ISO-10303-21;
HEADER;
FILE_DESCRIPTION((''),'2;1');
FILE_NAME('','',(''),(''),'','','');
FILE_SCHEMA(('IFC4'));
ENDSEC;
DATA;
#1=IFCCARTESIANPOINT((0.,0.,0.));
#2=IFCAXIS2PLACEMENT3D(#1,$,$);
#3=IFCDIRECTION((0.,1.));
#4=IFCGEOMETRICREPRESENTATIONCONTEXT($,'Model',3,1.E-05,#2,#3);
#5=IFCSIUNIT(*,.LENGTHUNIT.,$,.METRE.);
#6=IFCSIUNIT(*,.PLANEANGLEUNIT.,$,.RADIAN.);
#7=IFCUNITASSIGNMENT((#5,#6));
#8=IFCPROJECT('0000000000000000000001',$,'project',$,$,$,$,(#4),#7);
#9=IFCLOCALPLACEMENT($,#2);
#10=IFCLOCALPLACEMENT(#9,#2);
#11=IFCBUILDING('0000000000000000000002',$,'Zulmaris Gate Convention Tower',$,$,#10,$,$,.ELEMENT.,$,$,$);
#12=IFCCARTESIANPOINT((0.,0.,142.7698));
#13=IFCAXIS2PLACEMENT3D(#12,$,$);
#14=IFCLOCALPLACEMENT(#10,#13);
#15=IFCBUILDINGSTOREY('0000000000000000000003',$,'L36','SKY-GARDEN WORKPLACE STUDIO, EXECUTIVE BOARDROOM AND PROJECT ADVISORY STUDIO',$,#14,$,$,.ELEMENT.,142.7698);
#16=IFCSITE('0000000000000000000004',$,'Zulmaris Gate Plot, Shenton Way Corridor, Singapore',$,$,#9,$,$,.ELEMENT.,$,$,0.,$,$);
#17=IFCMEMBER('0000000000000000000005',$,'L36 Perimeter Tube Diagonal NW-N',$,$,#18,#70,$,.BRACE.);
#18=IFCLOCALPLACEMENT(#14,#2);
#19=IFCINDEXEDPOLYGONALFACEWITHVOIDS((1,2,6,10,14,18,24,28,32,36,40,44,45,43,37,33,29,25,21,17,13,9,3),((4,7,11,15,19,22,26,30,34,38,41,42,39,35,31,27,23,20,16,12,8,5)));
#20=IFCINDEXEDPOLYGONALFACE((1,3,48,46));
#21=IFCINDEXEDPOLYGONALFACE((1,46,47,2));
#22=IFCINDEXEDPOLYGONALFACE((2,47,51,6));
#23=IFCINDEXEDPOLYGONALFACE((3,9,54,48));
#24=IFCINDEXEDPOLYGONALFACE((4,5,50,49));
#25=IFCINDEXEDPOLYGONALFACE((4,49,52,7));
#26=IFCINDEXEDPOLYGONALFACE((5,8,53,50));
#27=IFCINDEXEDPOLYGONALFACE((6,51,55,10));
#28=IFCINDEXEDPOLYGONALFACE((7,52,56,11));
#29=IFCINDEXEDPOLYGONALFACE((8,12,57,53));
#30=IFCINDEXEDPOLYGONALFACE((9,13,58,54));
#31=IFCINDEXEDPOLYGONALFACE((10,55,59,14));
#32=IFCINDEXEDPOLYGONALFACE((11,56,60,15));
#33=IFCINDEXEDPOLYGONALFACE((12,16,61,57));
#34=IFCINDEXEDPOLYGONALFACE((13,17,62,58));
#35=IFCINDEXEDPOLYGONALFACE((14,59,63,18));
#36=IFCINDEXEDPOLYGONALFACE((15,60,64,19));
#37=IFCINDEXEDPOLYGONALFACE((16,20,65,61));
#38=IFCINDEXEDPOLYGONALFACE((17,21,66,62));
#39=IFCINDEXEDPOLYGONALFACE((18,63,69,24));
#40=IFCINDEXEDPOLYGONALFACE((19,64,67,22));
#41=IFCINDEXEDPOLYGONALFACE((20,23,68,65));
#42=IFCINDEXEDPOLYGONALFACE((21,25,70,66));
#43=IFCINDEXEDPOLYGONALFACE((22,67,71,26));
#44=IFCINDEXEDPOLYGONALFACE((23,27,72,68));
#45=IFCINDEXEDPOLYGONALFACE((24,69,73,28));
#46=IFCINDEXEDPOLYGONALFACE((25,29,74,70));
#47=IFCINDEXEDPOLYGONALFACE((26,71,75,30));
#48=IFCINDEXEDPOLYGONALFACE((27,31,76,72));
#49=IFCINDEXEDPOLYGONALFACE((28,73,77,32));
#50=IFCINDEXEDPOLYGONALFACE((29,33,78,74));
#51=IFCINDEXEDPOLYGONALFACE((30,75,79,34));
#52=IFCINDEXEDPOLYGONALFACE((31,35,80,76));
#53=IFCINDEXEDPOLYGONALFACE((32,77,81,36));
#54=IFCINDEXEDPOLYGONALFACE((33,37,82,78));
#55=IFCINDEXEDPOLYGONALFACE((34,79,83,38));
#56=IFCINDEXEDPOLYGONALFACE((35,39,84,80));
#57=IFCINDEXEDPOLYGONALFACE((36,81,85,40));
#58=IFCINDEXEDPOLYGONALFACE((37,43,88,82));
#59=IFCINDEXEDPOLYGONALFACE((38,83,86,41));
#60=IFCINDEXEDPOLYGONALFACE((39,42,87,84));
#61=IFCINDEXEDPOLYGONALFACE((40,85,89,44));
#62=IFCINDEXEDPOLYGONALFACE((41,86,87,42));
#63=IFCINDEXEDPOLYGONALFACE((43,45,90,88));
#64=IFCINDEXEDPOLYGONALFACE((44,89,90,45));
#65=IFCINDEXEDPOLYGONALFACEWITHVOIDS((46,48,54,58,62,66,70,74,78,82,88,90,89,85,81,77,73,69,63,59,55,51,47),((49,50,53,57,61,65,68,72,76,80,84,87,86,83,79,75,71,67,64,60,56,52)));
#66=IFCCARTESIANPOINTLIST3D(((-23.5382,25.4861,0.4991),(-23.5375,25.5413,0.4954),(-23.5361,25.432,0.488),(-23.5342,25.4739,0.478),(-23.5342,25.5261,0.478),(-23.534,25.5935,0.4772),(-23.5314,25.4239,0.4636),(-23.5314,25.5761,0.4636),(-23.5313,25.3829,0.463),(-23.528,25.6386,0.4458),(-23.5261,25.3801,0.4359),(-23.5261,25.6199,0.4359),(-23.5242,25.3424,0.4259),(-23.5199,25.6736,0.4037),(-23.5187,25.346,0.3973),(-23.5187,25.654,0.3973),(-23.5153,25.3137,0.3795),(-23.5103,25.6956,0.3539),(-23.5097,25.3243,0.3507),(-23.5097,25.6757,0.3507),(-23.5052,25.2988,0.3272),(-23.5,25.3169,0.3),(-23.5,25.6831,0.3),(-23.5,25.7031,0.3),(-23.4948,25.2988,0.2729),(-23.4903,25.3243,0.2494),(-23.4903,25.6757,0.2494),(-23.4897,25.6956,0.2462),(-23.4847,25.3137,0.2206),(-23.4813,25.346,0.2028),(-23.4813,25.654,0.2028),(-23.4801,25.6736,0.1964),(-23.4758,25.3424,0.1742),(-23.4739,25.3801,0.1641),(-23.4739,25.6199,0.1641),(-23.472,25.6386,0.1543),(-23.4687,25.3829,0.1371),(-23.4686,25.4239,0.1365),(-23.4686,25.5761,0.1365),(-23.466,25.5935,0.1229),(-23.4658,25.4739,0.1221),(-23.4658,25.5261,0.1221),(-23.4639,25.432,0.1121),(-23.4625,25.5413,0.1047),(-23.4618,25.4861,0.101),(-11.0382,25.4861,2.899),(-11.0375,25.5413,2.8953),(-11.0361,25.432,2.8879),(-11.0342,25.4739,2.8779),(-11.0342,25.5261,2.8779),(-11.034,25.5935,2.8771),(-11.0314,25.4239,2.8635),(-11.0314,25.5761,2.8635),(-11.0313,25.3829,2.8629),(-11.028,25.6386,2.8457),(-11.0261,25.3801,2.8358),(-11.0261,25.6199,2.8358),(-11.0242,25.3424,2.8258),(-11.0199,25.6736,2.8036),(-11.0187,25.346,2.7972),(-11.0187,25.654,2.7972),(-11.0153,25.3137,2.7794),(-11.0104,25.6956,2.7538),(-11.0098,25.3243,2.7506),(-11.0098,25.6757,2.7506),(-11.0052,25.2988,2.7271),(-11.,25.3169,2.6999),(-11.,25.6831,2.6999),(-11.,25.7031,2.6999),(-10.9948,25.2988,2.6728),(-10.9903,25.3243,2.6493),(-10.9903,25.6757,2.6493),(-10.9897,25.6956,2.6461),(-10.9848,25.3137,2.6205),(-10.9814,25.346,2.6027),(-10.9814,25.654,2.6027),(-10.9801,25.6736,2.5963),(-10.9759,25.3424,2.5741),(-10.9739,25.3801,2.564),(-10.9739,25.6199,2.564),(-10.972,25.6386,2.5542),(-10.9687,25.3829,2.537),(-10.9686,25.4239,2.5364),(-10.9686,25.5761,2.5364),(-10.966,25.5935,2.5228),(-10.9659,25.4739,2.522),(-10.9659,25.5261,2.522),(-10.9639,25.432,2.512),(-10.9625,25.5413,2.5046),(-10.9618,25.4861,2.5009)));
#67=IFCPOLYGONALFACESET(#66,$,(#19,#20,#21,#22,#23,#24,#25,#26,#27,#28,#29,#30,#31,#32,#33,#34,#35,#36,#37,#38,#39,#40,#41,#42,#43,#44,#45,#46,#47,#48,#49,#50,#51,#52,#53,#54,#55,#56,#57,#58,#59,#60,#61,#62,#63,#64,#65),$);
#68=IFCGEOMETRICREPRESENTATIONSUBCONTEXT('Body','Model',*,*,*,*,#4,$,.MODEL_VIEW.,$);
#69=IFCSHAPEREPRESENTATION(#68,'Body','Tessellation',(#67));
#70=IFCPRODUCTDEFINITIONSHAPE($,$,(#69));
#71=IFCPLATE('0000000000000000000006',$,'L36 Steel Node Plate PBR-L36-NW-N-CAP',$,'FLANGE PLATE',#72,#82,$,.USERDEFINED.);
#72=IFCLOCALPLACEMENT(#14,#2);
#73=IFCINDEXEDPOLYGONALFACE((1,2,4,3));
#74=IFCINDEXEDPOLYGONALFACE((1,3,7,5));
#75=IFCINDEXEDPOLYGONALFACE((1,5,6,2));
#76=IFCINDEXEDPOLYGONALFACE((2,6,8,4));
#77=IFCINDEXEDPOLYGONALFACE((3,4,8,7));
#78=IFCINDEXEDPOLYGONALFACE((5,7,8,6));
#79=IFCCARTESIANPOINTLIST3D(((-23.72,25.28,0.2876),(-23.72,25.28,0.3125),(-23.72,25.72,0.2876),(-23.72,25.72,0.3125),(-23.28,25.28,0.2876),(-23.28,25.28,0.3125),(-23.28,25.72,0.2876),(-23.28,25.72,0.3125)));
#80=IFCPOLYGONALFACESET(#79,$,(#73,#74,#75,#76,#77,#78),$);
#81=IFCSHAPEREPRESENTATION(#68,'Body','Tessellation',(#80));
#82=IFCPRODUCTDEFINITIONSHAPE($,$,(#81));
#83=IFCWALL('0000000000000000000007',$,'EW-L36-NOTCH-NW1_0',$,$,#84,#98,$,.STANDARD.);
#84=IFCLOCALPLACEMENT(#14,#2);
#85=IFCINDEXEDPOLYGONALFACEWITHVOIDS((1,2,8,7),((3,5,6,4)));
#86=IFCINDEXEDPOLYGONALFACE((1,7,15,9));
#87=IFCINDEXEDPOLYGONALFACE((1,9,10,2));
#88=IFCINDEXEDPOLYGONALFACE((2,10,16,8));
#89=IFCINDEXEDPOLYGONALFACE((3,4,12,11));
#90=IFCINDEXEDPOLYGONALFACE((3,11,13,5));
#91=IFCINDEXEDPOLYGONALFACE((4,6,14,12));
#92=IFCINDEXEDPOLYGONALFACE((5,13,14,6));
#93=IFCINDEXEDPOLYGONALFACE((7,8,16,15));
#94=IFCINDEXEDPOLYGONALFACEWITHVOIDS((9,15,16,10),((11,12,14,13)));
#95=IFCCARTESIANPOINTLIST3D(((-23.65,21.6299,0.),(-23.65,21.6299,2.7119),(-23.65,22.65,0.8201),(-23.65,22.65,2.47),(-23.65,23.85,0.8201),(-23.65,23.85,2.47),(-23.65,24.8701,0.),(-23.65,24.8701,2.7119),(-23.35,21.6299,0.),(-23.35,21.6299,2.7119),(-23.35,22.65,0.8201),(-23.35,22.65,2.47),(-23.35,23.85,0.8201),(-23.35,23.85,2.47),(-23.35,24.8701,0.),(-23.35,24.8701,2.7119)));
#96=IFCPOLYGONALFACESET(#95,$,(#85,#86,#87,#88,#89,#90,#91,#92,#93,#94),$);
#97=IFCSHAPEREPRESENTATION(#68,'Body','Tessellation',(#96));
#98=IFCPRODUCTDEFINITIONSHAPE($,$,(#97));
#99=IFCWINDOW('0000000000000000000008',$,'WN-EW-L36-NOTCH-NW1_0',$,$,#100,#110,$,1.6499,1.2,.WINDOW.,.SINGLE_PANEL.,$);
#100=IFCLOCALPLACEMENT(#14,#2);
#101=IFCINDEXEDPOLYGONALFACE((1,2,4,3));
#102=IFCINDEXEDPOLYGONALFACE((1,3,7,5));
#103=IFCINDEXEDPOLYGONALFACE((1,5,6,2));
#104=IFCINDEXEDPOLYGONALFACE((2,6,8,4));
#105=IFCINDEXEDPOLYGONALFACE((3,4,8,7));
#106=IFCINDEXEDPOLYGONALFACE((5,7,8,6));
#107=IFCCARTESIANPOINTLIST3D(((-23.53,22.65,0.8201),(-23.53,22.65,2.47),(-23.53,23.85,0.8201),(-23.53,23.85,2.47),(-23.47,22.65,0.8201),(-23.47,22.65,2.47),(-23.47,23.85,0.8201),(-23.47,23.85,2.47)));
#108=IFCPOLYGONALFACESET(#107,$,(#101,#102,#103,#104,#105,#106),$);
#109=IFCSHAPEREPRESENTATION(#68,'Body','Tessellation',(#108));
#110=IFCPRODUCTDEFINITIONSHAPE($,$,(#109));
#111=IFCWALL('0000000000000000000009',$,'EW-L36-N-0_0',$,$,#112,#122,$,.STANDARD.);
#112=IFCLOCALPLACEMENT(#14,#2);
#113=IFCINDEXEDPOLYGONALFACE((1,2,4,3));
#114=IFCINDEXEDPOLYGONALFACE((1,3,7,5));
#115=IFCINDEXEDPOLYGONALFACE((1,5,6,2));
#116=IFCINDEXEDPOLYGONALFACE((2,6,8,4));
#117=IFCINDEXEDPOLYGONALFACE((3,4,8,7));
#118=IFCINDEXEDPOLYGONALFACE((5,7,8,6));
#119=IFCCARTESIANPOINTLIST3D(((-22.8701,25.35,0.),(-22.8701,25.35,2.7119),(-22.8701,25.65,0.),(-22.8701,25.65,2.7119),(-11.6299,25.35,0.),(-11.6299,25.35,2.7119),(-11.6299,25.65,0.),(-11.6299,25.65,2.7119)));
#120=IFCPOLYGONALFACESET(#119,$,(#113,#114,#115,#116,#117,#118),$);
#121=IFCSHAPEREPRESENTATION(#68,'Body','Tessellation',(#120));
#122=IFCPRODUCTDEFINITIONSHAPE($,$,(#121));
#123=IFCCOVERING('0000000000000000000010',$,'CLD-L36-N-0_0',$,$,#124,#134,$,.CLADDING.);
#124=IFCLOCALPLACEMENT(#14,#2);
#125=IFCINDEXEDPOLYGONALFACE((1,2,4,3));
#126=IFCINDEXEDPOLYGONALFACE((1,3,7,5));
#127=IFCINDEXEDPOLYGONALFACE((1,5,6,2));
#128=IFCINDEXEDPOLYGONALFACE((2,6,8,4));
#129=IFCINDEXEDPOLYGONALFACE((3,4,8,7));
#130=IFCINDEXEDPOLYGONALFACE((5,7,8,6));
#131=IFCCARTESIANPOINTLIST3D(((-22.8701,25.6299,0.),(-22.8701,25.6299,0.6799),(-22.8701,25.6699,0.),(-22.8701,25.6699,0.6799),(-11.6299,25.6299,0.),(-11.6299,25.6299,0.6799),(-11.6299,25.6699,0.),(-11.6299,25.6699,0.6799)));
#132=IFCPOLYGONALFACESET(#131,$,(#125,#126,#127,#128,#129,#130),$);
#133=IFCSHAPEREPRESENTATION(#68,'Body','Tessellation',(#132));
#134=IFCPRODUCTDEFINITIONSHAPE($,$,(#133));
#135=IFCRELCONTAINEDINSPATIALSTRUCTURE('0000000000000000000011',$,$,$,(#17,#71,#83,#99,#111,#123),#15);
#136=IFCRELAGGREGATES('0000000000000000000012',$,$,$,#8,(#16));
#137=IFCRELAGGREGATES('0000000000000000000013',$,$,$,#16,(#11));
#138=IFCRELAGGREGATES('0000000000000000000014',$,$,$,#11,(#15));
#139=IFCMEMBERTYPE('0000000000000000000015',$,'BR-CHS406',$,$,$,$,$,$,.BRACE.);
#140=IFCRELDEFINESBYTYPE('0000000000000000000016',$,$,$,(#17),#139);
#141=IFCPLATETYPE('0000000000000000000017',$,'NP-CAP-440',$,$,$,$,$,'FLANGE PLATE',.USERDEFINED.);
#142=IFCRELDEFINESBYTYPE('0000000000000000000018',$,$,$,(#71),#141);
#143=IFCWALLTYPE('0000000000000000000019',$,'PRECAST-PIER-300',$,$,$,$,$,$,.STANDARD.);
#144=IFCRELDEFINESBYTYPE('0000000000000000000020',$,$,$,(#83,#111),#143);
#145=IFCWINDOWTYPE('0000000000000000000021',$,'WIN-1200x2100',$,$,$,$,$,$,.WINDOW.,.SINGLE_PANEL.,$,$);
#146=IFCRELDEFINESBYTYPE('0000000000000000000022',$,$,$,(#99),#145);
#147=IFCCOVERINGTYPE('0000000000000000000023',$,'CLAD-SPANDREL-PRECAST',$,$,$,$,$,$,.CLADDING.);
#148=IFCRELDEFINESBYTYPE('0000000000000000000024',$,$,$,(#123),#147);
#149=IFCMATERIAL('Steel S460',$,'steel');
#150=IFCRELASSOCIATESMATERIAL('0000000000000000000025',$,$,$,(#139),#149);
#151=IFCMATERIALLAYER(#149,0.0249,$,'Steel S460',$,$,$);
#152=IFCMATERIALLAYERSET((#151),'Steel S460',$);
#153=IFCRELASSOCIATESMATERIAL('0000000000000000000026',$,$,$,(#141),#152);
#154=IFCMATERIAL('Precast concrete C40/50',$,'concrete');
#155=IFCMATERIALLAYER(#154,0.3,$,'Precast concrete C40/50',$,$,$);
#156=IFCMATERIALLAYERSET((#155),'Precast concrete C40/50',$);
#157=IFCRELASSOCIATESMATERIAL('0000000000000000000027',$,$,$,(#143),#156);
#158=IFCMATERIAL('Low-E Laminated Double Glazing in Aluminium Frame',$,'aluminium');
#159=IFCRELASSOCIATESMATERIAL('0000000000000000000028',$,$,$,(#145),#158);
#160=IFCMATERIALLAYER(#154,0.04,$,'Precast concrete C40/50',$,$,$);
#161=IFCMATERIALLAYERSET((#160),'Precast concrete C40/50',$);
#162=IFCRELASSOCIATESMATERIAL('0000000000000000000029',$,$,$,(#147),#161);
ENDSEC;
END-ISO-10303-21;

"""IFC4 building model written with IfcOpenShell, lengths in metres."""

from ifc_helpers import new_model, si_unit, direction, frame, frame_2d, origin, origin_2d, place, context, subcontext, project, spatial, rectangle, hollow_circle, extrude, material, layer, layer_set, material_profile, profile_set, type_object, element, fill, save


model = new_model("IFC4")

# Units and contexts
model_context = context("Model", 3, precision=1e-05, world=origin(), true_north=direction((0.0, 1.0)))
body_context = subcontext(model_context, "Body", "Model", "MODEL_VIEW")
ifc_project = project(units=[si_unit("LENGTHUNIT", "METRE"), si_unit("PLANEANGLEUNIT", "RADIAN")], contexts=[model_context])

# Site, building, storey
site_placement = place(None, origin())
site = spatial("IfcSite", under=ifc_project, at=site_placement, Name="Zulmaris Gate Plot, Shenton Way Corridor, Singapore", CompositionType="ELEMENT", RefElevation=0.0)
building_placement = place(site_placement, origin())
building = spatial("IfcBuilding", under=site, at=building_placement, Name="Zulmaris Gate Convention Tower", CompositionType="ELEMENT")
storey_placement = place(building_placement, frame((0.0, 0.0, 142.7698)))
storey = spatial("IfcBuildingStorey", under=building, at=storey_placement, Name="L36", Description="SKY-GARDEN WORKPLACE STUDIO, EXECUTIVE BOARDROOM AND PROJECT ADVISORY STUDIO", CompositionType="ELEMENT", Elevation=142.7698)

# Member
ifc_material_1 = material(Name="Steel S460", Category="steel")
ifc_material_profile_1 = material_profile(ifc_material_1, hollow_circle(Radius=0.2031, WallThickness=0.02, at=origin_2d()), Name="CHS 406.4x20")
ifc_profile_set_1 = profile_set([ifc_material_profile_1], Name="Steel S460")
member_type = type_object("IfcMemberType", Name="BR-CHS406", PredefinedType="BRACE", material=ifc_profile_set_1)
member_placement = place(storey_placement, frame((-23.5, 25.5, 0.3), z_axis=(0.982064, 0.0, 0.188549), x_axis=(0.0, 1.0, 0.0)))
element("IfcMember", 1, at=member_placement, inside=storey, type_object=member_type, Name="L36 Perimeter Tube Diagonal NW-N", PredefinedType="BRACE", context=body_context, shape_type="SweptSolid", body=[
    extrude(hollow_circle(Radius=0.2031, WallThickness=0.02, at=origin_2d()), origin(), (0.0, 0.0, 1.0), 12.7283),
])

# Plate
ifc_layer_1 = layer(ifc_material_1, 0.0249, Name="Steel S460")
ifc_layer_set_1 = layer_set([ifc_layer_1], Name="Steel S460")
plate_type = type_object("IfcPlateType", Name="NP-CAP-440", ElementType="FLANGE PLATE", PredefinedType="USERDEFINED", material=ifc_layer_set_1)
plate_placement = place(storey_placement, frame((-23.5, 25.5, 0.2876), z_axis=(0.0, 0.0, 1.0), x_axis=(1.0, 0.0, 0.0)))
element("IfcPlate", 2, at=plate_placement, inside=storey, type_object=plate_type, Name="L36 Steel Node Plate PBR-L36-NW-N-CAP", ObjectType="FLANGE PLATE", PredefinedType="USERDEFINED", context=body_context, shape_type="SweptSolid", body=[
    extrude(rectangle(XDim=0.4399, YDim=0.4399, at=origin_2d()), origin(), (0.0, 0.0, 1.0), 0.0249),
])

# Wall, opening, window
ifc_material_2 = material(Name="Precast concrete C40/50", Category="concrete")
ifc_layer_2 = layer(ifc_material_2, 0.3, Name="Precast concrete C40/50")
ifc_layer_set_2 = layer_set([ifc_layer_2], Name="Precast concrete C40/50")
wall_type_1 = type_object("IfcWallType", Name="PRECAST-PIER-300", PredefinedType="STANDARD", material=ifc_layer_set_2)
wall_1_placement = place(storey_placement, frame((-23.5, 24.8701, 0.0), z_axis=(0.0, 0.0, 1.0), x_axis=(0.0, -1.0, 0.0)))
wall_1 = element("IfcWall", 3, at=wall_1_placement, inside=storey, type_object=wall_type_1, Name="EW-L36-NOTCH-NW1_0", PredefinedType="STANDARD", context=body_context, shape_type="SweptSolid", body=[
    extrude(rectangle(XDim=3.2402, YDim=0.3, at=frame_2d((1.6201, 0.0))), origin(), (0.0, 0.0, 1.0), 2.7119),
])
opening_1_placement = place(wall_1_placement, frame((1.02, 0.0, 0.8201)))
opening_1 = element("IfcOpeningElement", 4, at=opening_1_placement, cuts=wall_1, PredefinedType="OPENING", context=body_context, shape_type="SweptSolid", body=[
    extrude(rectangle(XDim=1.2, YDim=1.6499, at=frame_2d((0.6001, 0.825))), frame((0.0, 0.1602, 0.0), z_axis=(0.0, -1.0, 0.0), x_axis=(1.0, 0.0, 0.0)), (0.0, 0.0, 1.0), 0.3201),
])
ifc_material_3 = material(Name="Low-E Laminated Double Glazing in Aluminium Frame", Category="aluminium")
window_type = type_object("IfcWindowType", Name="WIN-1200x2100", PartitioningType="SINGLE_PANEL", PredefinedType="WINDOW", material=ifc_material_3)
window_placement = place(opening_1_placement, origin())
window = element("IfcWindow", 5, at=window_placement, inside=storey, type_object=window_type, Name="WN-EW-L36-NOTCH-NW1_0", OverallHeight=1.6499, OverallWidth=1.2, PartitioningType="SINGLE_PANEL", PredefinedType="WINDOW", context=body_context, shape_type="SweptSolid", body=[
    extrude(rectangle(XDim=1.2, YDim=1.6499, at=frame_2d((0.6001, 0.825))), frame((0.0, 0.03, 0.0), z_axis=(0.0, -1.0, 0.0), x_axis=(1.0, 0.0, 0.0)), (0.0, 0.0, 1.0), 0.0601),
])
fill(opening_1, window)

# Wall
wall_2_placement = place(storey_placement, frame((-11.6299, 25.5, 0.0), z_axis=(0.0, 0.0, 1.0), x_axis=(-1.0, 0.0, 0.0)))
element("IfcWall", 6, at=wall_2_placement, inside=storey, type_object=wall_type_1, Name="EW-L36-N-0_0", PredefinedType="STANDARD", context=body_context, shape_type="SweptSolid", body=[
    extrude(rectangle(XDim=11.2402, YDim=0.3, at=frame_2d((5.6201, 0.0))), origin(), (0.0, 0.0, 1.0), 2.7119),
])

# Covering
ifc_layer_3 = layer(ifc_material_2, 0.04, Name="Precast concrete C40/50")
ifc_layer_set_3 = layer_set([ifc_layer_3], Name="Precast concrete C40/50")
covering_type = type_object("IfcCoveringType", Name="CLAD-SPANDREL-PRECAST", PredefinedType="CLADDING", material=ifc_layer_set_3)
covering_placement = place(storey_placement, frame((-11.6299, 25.6499, 0.0), z_axis=(0.0, 0.0, 1.0), x_axis=(-1.0, 0.0, 0.0)))
element("IfcCovering", 7, at=covering_placement, inside=storey, type_object=covering_type, Name="CLD-L36-N-0_0", PredefinedType="CLADDING", context=body_context, shape_type="SweptSolid", body=[
    extrude(rectangle(XDim=11.2402, YDim=0.04, at=frame_2d((5.6201, 0.0))), origin(), (0.0, 0.0, 1.0), 0.6799),
])

save(model, "model.ifc")
